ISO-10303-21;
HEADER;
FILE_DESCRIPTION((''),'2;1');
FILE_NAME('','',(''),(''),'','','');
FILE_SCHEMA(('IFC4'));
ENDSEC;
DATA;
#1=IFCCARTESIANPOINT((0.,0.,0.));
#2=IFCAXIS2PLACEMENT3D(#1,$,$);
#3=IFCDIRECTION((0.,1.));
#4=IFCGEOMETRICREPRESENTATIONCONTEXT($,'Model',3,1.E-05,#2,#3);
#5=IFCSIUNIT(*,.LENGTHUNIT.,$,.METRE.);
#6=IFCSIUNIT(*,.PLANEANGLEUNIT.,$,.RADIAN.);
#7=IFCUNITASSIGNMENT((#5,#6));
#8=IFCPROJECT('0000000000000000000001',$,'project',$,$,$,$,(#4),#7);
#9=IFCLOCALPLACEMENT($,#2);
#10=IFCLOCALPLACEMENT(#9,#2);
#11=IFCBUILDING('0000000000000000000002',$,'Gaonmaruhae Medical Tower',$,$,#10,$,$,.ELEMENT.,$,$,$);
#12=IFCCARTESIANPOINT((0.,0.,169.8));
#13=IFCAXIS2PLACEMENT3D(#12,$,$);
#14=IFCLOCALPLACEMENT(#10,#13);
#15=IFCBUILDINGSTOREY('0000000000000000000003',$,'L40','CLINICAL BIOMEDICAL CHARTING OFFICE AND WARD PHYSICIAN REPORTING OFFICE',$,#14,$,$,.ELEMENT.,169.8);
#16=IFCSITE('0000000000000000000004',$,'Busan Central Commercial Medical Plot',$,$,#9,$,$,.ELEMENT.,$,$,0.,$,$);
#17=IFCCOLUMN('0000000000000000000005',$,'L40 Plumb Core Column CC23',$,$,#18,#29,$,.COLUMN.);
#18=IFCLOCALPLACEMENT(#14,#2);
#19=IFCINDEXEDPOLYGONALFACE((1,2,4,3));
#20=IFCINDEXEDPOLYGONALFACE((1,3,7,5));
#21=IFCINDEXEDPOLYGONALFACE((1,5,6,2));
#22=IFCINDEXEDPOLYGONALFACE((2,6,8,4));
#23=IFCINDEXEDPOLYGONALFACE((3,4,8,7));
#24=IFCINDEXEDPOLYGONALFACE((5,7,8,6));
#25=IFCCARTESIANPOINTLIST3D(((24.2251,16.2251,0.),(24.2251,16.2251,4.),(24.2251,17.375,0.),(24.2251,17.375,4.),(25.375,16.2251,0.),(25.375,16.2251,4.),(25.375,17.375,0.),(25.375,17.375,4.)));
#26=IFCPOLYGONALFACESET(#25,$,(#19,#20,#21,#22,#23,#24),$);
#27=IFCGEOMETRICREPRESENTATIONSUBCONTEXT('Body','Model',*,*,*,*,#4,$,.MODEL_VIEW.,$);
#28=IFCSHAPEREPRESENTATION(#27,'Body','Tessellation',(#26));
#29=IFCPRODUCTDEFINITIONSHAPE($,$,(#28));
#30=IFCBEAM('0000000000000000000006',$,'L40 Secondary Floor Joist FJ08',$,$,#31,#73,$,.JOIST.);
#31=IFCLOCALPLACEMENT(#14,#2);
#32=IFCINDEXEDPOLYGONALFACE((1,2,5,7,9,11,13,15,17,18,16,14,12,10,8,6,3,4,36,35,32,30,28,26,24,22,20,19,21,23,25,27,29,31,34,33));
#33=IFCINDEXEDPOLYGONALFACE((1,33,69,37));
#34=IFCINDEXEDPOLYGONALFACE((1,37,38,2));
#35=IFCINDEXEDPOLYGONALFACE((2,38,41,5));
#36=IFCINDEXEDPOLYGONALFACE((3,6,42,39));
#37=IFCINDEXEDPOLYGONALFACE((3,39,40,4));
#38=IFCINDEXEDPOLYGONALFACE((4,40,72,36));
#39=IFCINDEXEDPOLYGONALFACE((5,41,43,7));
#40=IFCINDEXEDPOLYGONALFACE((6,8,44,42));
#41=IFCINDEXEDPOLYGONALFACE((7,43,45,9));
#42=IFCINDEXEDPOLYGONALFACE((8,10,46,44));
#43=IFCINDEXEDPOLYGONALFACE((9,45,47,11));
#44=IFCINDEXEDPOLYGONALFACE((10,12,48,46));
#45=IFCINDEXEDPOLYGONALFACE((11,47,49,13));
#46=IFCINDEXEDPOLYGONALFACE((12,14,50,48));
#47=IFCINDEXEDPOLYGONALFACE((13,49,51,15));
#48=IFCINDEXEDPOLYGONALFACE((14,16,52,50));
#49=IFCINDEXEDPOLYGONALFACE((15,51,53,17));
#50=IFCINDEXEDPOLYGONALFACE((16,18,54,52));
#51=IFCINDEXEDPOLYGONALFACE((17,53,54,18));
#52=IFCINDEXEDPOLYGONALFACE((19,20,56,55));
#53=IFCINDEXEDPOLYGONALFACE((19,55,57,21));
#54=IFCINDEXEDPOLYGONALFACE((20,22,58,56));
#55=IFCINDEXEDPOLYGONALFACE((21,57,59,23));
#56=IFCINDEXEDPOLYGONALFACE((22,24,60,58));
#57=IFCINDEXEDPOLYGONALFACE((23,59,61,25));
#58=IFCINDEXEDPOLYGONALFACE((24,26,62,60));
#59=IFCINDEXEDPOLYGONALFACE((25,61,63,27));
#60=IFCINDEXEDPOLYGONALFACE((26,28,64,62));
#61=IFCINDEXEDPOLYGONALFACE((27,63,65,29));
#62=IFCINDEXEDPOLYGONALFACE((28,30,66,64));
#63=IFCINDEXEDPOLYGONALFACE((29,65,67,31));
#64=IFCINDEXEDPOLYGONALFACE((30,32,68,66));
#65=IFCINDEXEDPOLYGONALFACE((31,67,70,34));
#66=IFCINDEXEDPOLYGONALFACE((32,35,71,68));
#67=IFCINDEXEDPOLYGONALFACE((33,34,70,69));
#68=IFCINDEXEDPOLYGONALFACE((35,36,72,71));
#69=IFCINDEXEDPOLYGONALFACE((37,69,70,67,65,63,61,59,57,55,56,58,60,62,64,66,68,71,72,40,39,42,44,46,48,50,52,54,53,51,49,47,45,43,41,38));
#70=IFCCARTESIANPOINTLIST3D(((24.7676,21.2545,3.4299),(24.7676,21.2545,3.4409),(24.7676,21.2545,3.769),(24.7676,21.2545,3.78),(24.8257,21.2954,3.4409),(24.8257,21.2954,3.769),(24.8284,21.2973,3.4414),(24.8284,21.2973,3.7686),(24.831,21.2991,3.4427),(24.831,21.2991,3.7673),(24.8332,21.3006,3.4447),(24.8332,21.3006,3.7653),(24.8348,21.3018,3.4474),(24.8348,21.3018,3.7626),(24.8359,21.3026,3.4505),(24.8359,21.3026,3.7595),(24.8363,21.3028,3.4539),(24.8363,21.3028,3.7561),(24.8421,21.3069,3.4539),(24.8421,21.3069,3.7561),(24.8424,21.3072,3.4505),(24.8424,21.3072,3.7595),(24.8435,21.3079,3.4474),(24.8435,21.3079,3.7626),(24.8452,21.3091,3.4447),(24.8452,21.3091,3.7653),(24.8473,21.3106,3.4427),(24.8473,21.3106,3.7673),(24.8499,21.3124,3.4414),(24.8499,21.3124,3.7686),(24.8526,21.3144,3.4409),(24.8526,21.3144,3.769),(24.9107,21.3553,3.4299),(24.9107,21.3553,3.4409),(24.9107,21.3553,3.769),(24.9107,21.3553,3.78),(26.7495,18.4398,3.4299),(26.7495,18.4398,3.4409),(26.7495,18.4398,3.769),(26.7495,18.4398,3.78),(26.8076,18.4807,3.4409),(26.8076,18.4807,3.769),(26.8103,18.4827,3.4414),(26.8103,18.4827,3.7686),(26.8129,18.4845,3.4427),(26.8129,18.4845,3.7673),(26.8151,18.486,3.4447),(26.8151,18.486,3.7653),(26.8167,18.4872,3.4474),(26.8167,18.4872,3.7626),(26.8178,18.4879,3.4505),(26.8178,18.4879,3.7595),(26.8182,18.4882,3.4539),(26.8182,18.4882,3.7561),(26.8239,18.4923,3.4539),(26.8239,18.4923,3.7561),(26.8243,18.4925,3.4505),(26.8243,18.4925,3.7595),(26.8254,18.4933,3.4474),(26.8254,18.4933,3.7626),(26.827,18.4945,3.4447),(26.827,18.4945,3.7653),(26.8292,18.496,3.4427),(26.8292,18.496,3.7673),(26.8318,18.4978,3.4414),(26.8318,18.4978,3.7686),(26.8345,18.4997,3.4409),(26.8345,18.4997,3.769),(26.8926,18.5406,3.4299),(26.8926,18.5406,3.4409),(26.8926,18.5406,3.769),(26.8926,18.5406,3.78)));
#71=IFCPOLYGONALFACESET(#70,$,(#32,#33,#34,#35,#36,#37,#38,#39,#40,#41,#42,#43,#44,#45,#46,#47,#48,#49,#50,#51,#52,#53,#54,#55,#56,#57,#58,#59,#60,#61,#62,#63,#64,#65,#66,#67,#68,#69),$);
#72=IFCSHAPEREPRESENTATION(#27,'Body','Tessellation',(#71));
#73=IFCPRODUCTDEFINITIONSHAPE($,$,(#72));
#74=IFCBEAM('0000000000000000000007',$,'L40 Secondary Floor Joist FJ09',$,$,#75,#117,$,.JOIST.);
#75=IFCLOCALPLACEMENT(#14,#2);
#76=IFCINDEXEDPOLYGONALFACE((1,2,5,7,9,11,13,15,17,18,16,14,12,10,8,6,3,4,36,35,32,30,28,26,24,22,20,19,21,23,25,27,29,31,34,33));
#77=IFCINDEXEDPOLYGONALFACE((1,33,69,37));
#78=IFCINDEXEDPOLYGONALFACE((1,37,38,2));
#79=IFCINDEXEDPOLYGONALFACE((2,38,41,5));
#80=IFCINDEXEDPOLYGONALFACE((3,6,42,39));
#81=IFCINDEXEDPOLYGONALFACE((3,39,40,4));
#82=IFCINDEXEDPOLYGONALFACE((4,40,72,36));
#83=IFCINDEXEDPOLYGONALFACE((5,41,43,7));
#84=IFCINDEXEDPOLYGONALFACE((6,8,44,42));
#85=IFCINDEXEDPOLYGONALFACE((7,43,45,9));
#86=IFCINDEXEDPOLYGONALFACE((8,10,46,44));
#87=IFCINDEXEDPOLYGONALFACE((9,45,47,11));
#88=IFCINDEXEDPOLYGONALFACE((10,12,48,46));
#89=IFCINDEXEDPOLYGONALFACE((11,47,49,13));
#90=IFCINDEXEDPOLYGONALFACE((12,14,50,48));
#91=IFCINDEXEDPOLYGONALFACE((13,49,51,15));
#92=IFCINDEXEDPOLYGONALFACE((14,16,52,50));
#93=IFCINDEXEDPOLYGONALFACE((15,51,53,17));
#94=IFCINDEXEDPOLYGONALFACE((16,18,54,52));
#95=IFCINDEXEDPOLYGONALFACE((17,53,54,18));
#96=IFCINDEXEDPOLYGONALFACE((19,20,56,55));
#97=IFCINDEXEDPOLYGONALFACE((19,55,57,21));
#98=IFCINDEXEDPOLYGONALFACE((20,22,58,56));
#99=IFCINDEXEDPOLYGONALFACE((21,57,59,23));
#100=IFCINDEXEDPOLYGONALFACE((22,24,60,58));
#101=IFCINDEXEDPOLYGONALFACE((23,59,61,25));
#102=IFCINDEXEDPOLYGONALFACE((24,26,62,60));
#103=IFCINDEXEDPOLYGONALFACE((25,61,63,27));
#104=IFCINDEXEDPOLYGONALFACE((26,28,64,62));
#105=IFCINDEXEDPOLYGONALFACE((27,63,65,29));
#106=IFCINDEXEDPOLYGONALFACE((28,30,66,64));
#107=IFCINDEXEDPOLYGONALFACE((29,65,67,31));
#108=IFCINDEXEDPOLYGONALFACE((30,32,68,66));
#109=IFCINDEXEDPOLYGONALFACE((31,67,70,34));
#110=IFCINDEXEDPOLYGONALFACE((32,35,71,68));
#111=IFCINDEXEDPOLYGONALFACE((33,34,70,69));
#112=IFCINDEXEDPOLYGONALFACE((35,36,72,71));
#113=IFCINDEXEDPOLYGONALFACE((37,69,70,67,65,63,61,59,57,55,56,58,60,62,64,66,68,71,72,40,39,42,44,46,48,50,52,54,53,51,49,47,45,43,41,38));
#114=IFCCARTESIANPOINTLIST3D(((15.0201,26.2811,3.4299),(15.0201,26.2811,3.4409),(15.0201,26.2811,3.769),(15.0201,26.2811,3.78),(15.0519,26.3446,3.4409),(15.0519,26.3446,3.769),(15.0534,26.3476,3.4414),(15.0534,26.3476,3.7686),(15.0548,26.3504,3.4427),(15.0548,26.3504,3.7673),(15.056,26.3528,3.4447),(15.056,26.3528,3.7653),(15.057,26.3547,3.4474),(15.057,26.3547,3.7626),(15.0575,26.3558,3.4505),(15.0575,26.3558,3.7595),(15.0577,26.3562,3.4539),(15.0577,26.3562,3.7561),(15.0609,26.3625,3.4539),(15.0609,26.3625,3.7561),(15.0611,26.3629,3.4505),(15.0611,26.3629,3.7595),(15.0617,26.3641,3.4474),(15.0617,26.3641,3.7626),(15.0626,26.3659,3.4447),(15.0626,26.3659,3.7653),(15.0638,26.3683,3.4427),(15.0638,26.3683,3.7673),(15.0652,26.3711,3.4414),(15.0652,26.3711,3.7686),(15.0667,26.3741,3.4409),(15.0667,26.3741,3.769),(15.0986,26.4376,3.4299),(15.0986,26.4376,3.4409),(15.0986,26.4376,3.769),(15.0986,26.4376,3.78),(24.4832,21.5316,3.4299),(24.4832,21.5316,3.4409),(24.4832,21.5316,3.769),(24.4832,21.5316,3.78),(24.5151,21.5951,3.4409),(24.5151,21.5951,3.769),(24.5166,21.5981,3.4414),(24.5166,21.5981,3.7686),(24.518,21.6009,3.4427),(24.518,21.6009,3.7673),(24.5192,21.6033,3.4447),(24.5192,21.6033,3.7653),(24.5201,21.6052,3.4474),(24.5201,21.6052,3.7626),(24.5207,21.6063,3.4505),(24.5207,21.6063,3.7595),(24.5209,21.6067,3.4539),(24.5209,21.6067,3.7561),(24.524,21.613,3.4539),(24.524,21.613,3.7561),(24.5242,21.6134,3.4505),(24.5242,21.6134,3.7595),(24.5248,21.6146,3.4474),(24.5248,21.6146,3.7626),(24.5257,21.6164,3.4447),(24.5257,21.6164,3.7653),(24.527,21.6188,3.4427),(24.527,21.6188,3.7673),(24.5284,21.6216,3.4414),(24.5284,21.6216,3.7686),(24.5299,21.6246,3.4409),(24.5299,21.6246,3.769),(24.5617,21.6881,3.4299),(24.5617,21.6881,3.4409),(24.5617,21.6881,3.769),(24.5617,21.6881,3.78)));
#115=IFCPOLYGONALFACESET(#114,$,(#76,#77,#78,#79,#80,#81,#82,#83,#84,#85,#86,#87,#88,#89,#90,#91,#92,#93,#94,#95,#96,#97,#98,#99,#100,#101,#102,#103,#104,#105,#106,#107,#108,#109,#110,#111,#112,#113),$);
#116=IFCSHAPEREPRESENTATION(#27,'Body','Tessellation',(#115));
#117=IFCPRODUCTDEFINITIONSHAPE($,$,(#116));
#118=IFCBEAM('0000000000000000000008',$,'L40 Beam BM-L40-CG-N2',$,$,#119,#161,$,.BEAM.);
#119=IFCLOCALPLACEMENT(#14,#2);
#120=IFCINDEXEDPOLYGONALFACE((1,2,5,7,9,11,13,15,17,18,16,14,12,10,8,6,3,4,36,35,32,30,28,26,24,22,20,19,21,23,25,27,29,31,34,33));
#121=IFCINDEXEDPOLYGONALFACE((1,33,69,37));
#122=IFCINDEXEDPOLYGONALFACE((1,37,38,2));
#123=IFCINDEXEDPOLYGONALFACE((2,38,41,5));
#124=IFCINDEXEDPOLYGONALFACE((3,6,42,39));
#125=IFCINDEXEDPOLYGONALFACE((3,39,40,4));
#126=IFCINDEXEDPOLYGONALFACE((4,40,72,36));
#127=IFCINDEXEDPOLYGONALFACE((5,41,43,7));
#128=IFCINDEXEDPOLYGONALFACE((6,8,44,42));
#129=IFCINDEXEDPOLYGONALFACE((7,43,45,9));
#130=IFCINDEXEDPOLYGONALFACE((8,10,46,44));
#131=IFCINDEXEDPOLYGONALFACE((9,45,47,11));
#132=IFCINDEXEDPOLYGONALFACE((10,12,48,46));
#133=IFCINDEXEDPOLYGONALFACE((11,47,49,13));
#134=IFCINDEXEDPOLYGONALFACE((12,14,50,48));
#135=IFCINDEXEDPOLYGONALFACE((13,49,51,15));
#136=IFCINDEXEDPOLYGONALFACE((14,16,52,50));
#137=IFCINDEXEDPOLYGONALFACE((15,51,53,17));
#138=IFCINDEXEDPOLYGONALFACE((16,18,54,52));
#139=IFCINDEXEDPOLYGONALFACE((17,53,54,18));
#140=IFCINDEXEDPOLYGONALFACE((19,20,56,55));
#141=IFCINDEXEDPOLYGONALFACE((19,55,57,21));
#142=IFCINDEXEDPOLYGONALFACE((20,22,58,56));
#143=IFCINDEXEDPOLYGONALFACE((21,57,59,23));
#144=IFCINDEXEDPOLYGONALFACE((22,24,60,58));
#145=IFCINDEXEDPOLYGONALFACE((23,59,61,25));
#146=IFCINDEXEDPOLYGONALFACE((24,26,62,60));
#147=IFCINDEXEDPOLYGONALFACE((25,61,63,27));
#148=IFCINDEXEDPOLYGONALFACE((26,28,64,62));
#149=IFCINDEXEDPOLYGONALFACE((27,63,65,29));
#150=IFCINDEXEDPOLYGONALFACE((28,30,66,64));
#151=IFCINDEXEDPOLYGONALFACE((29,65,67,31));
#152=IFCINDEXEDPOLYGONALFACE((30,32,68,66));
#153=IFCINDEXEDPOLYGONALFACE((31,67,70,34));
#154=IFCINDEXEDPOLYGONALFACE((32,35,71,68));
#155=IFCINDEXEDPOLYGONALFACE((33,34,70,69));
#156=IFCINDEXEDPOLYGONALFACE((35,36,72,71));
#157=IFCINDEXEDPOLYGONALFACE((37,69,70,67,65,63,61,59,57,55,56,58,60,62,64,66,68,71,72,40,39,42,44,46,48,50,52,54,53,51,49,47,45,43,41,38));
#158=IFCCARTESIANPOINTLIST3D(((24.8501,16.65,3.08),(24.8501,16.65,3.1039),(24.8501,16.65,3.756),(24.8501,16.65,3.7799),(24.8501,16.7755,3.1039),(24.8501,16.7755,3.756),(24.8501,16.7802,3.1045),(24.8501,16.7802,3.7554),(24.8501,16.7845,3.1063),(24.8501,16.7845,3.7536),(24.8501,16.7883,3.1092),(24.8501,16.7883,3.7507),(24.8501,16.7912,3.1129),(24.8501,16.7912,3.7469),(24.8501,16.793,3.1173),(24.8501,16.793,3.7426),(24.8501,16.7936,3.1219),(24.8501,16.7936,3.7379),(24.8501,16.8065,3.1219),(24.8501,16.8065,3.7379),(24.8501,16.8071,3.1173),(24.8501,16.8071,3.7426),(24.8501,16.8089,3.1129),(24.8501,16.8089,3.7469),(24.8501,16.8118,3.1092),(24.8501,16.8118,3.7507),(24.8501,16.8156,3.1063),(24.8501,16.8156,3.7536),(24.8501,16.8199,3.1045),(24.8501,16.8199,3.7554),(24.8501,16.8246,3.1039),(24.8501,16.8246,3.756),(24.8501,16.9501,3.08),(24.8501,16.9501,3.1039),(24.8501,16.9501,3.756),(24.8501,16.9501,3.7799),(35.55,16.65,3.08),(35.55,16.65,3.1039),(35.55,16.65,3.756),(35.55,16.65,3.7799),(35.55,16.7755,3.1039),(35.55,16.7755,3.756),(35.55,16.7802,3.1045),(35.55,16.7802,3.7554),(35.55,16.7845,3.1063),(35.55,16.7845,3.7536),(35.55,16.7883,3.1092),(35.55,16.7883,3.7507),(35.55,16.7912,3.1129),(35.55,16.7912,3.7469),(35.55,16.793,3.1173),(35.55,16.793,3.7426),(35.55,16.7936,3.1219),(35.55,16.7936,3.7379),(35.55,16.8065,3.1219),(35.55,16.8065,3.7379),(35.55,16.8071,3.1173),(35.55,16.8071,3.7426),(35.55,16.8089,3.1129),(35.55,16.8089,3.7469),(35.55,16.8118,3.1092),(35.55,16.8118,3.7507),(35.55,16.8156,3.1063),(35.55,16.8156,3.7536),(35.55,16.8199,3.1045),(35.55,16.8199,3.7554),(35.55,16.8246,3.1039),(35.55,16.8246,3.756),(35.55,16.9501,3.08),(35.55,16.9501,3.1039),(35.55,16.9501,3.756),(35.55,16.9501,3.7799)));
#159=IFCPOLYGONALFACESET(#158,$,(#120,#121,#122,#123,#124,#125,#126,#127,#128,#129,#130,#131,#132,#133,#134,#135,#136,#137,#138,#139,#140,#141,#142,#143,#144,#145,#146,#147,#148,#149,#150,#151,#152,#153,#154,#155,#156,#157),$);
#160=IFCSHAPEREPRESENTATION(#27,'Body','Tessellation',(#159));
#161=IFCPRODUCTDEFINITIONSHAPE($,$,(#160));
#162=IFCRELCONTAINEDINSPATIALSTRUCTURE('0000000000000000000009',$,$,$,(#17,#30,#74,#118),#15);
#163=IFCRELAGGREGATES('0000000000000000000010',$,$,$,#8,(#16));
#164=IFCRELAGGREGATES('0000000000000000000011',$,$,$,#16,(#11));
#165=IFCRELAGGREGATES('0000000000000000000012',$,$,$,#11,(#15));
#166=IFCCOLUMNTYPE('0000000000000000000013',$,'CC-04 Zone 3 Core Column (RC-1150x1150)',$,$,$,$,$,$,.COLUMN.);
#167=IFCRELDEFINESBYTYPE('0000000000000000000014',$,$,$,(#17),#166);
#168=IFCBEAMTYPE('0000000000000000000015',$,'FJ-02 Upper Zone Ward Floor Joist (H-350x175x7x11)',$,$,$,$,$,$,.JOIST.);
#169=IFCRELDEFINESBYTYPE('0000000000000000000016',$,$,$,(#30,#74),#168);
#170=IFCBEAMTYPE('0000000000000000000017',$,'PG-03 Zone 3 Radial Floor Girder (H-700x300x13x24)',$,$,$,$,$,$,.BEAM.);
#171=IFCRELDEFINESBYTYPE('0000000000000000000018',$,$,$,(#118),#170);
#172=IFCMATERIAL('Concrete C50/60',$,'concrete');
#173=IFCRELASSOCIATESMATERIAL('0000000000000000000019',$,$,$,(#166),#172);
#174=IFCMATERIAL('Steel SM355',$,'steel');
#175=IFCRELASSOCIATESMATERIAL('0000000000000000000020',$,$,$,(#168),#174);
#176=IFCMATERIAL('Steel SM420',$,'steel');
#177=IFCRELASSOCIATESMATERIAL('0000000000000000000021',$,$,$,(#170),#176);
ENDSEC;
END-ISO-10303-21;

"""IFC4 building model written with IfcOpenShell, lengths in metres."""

from ifc_helpers import new_model, si_unit, direction, frame, origin, origin_2d, place, context, subcontext, project, spatial, rectangle, i_section, extrude, material, material_profile, profile_set, type_object, element, save


model = new_model("IFC4")

# Units and contexts
model_context = context("Model", 3, precision=1e-05, world=origin(), true_north=direction((0.0, 1.0)))
body_context = subcontext(model_context, "Body", "Model", "MODEL_VIEW")
ifc_project = project(units=[si_unit("LENGTHUNIT", "METRE"), si_unit("PLANEANGLEUNIT", "RADIAN")], contexts=[model_context])

# Site, building, storey
site_placement = place(None, origin())
site = spatial("IfcSite", under=ifc_project, at=site_placement, Name="Busan Central Commercial Medical Plot", CompositionType="ELEMENT", RefElevation=0.0)
building_placement = place(site_placement, origin())
building = spatial("IfcBuilding", under=site, at=building_placement, Name="Gaonmaruhae Medical Tower", CompositionType="ELEMENT")
storey_placement = place(building_placement, frame((0.0, 0.0, 169.8)))
storey = spatial("IfcBuildingStorey", under=building, at=storey_placement, Name="L40", Description="CLINICAL BIOMEDICAL CHARTING OFFICE AND WARD PHYSICIAN REPORTING OFFICE", CompositionType="ELEMENT", Elevation=169.8)

# Column
ifc_material_1 = material(Name="Concrete C50/60", Category="concrete")
ifc_material_profile_1 = material_profile(ifc_material_1, rectangle(XDim=1.1499, YDim=1.1499, at=origin_2d()), Name="RC-1150x1150")
ifc_profile_set_1 = profile_set([ifc_material_profile_1], Name="Concrete C50/60")
column_type = type_object("IfcColumnType", Name="CC-04 Zone 3 Core Column (RC-1150x1150)", PredefinedType="COLUMN", material=ifc_profile_set_1)
column_placement = place(storey_placement, frame((24.8, 16.8, 0.0), z_axis=(0.0, 0.0, 1.0), x_axis=(1.0, 0.0, 0.0)))
element("IfcColumn", 1, at=column_placement, inside=storey, type_object=column_type, Name="L40 Plumb Core Column CC23", PredefinedType="COLUMN", context=body_context, shape_type="SweptSolid", body=[
    extrude(rectangle(XDim=1.1499, YDim=1.1499, at=origin_2d()), origin(), (0.0, 0.0, 1.0), 4.0),
])

# Beams
ifc_material_2 = material(Name="Steel SM355", Category="steel")
ifc_material_profile_2 = material_profile(ifc_material_2, i_section(OverallWidth=0.175, OverallDepth=0.3501, WebThickness=0.0071, FlangeThickness=0.011, FilletRadius=0.0129, at=origin_2d()), Name="H-350x175x7x11")
ifc_profile_set_2 = profile_set([ifc_material_profile_2], Name="Steel SM355")
beam_type_1 = type_object("IfcBeamType", Name="FJ-02 Upper Zone Ward Floor Joist (H-350x175x7x11)", PredefinedType="JOIST", material=ifc_profile_set_2)
beam_1_placement = place(storey_placement, frame((26.821, 18.4902, 3.605), z_axis=(-0.575731, 0.817639, 0.0), x_axis=(-0.817639, -0.575731, 0.0)))
element("IfcBeam", 2, at=beam_1_placement, inside=storey, type_object=beam_type_1, Name="L40 Secondary Floor Joist FJ08", PredefinedType="JOIST", context=body_context, shape_type="SweptSolid", body=[
    extrude(i_section(OverallWidth=0.175, OverallDepth=0.3501, WebThickness=0.0071, FlangeThickness=0.011, FilletRadius=0.0129, at=origin_2d()), origin(), (0.0, 0.0, 1.0), 3.4424),
])
beam_2_placement = place(storey_placement, frame((24.5225, 21.6099, 3.605), z_axis=(-0.893748, 0.448569, 0.0), x_axis=(-0.448569, -0.893748, 0.0)))
element("IfcBeam", 3, at=beam_2_placement, inside=storey, type_object=beam_type_1, Name="L40 Secondary Floor Joist FJ09", PredefinedType="JOIST", context=body_context, shape_type="SweptSolid", body=[
    extrude(i_section(OverallWidth=0.175, OverallDepth=0.3501, WebThickness=0.0071, FlangeThickness=0.011, FilletRadius=0.0129, at=origin_2d()), origin(), (0.0, 0.0, 1.0), 10.5881),
])
ifc_material_3 = material(Name="Steel SM420", Category="steel")
ifc_material_profile_3 = material_profile(ifc_material_3, i_section(OverallWidth=0.3, OverallDepth=0.7, WebThickness=0.0129, FlangeThickness=0.0239, FilletRadius=0.0181, at=origin_2d()), Name="H-700x300x13x24")
ifc_profile_set_3 = profile_set([ifc_material_profile_3], Name="Steel SM420")
beam_type_2 = type_object("IfcBeamType", Name="PG-03 Zone 3 Radial Floor Girder (H-700x300x13x24)", PredefinedType="BEAM", material=ifc_profile_set_3)
beam_3_placement = place(storey_placement, frame((24.8501, 16.8, 3.4299), z_axis=(1.0, 0.0, 0.0), x_axis=(0.0, 1.0, 0.0)))
element("IfcBeam", 4, at=beam_3_placement, inside=storey, type_object=beam_type_2, Name="L40 Beam BM-L40-CG-N2", PredefinedType="BEAM", context=body_context, shape_type="SweptSolid", body=[
    extrude(i_section(OverallWidth=0.3, OverallDepth=0.7, WebThickness=0.0129, FlangeThickness=0.0239, FilletRadius=0.0181, at=origin_2d()), origin(), (0.0, 0.0, 1.0), 10.7),
])

save(model, "model.ifc")
